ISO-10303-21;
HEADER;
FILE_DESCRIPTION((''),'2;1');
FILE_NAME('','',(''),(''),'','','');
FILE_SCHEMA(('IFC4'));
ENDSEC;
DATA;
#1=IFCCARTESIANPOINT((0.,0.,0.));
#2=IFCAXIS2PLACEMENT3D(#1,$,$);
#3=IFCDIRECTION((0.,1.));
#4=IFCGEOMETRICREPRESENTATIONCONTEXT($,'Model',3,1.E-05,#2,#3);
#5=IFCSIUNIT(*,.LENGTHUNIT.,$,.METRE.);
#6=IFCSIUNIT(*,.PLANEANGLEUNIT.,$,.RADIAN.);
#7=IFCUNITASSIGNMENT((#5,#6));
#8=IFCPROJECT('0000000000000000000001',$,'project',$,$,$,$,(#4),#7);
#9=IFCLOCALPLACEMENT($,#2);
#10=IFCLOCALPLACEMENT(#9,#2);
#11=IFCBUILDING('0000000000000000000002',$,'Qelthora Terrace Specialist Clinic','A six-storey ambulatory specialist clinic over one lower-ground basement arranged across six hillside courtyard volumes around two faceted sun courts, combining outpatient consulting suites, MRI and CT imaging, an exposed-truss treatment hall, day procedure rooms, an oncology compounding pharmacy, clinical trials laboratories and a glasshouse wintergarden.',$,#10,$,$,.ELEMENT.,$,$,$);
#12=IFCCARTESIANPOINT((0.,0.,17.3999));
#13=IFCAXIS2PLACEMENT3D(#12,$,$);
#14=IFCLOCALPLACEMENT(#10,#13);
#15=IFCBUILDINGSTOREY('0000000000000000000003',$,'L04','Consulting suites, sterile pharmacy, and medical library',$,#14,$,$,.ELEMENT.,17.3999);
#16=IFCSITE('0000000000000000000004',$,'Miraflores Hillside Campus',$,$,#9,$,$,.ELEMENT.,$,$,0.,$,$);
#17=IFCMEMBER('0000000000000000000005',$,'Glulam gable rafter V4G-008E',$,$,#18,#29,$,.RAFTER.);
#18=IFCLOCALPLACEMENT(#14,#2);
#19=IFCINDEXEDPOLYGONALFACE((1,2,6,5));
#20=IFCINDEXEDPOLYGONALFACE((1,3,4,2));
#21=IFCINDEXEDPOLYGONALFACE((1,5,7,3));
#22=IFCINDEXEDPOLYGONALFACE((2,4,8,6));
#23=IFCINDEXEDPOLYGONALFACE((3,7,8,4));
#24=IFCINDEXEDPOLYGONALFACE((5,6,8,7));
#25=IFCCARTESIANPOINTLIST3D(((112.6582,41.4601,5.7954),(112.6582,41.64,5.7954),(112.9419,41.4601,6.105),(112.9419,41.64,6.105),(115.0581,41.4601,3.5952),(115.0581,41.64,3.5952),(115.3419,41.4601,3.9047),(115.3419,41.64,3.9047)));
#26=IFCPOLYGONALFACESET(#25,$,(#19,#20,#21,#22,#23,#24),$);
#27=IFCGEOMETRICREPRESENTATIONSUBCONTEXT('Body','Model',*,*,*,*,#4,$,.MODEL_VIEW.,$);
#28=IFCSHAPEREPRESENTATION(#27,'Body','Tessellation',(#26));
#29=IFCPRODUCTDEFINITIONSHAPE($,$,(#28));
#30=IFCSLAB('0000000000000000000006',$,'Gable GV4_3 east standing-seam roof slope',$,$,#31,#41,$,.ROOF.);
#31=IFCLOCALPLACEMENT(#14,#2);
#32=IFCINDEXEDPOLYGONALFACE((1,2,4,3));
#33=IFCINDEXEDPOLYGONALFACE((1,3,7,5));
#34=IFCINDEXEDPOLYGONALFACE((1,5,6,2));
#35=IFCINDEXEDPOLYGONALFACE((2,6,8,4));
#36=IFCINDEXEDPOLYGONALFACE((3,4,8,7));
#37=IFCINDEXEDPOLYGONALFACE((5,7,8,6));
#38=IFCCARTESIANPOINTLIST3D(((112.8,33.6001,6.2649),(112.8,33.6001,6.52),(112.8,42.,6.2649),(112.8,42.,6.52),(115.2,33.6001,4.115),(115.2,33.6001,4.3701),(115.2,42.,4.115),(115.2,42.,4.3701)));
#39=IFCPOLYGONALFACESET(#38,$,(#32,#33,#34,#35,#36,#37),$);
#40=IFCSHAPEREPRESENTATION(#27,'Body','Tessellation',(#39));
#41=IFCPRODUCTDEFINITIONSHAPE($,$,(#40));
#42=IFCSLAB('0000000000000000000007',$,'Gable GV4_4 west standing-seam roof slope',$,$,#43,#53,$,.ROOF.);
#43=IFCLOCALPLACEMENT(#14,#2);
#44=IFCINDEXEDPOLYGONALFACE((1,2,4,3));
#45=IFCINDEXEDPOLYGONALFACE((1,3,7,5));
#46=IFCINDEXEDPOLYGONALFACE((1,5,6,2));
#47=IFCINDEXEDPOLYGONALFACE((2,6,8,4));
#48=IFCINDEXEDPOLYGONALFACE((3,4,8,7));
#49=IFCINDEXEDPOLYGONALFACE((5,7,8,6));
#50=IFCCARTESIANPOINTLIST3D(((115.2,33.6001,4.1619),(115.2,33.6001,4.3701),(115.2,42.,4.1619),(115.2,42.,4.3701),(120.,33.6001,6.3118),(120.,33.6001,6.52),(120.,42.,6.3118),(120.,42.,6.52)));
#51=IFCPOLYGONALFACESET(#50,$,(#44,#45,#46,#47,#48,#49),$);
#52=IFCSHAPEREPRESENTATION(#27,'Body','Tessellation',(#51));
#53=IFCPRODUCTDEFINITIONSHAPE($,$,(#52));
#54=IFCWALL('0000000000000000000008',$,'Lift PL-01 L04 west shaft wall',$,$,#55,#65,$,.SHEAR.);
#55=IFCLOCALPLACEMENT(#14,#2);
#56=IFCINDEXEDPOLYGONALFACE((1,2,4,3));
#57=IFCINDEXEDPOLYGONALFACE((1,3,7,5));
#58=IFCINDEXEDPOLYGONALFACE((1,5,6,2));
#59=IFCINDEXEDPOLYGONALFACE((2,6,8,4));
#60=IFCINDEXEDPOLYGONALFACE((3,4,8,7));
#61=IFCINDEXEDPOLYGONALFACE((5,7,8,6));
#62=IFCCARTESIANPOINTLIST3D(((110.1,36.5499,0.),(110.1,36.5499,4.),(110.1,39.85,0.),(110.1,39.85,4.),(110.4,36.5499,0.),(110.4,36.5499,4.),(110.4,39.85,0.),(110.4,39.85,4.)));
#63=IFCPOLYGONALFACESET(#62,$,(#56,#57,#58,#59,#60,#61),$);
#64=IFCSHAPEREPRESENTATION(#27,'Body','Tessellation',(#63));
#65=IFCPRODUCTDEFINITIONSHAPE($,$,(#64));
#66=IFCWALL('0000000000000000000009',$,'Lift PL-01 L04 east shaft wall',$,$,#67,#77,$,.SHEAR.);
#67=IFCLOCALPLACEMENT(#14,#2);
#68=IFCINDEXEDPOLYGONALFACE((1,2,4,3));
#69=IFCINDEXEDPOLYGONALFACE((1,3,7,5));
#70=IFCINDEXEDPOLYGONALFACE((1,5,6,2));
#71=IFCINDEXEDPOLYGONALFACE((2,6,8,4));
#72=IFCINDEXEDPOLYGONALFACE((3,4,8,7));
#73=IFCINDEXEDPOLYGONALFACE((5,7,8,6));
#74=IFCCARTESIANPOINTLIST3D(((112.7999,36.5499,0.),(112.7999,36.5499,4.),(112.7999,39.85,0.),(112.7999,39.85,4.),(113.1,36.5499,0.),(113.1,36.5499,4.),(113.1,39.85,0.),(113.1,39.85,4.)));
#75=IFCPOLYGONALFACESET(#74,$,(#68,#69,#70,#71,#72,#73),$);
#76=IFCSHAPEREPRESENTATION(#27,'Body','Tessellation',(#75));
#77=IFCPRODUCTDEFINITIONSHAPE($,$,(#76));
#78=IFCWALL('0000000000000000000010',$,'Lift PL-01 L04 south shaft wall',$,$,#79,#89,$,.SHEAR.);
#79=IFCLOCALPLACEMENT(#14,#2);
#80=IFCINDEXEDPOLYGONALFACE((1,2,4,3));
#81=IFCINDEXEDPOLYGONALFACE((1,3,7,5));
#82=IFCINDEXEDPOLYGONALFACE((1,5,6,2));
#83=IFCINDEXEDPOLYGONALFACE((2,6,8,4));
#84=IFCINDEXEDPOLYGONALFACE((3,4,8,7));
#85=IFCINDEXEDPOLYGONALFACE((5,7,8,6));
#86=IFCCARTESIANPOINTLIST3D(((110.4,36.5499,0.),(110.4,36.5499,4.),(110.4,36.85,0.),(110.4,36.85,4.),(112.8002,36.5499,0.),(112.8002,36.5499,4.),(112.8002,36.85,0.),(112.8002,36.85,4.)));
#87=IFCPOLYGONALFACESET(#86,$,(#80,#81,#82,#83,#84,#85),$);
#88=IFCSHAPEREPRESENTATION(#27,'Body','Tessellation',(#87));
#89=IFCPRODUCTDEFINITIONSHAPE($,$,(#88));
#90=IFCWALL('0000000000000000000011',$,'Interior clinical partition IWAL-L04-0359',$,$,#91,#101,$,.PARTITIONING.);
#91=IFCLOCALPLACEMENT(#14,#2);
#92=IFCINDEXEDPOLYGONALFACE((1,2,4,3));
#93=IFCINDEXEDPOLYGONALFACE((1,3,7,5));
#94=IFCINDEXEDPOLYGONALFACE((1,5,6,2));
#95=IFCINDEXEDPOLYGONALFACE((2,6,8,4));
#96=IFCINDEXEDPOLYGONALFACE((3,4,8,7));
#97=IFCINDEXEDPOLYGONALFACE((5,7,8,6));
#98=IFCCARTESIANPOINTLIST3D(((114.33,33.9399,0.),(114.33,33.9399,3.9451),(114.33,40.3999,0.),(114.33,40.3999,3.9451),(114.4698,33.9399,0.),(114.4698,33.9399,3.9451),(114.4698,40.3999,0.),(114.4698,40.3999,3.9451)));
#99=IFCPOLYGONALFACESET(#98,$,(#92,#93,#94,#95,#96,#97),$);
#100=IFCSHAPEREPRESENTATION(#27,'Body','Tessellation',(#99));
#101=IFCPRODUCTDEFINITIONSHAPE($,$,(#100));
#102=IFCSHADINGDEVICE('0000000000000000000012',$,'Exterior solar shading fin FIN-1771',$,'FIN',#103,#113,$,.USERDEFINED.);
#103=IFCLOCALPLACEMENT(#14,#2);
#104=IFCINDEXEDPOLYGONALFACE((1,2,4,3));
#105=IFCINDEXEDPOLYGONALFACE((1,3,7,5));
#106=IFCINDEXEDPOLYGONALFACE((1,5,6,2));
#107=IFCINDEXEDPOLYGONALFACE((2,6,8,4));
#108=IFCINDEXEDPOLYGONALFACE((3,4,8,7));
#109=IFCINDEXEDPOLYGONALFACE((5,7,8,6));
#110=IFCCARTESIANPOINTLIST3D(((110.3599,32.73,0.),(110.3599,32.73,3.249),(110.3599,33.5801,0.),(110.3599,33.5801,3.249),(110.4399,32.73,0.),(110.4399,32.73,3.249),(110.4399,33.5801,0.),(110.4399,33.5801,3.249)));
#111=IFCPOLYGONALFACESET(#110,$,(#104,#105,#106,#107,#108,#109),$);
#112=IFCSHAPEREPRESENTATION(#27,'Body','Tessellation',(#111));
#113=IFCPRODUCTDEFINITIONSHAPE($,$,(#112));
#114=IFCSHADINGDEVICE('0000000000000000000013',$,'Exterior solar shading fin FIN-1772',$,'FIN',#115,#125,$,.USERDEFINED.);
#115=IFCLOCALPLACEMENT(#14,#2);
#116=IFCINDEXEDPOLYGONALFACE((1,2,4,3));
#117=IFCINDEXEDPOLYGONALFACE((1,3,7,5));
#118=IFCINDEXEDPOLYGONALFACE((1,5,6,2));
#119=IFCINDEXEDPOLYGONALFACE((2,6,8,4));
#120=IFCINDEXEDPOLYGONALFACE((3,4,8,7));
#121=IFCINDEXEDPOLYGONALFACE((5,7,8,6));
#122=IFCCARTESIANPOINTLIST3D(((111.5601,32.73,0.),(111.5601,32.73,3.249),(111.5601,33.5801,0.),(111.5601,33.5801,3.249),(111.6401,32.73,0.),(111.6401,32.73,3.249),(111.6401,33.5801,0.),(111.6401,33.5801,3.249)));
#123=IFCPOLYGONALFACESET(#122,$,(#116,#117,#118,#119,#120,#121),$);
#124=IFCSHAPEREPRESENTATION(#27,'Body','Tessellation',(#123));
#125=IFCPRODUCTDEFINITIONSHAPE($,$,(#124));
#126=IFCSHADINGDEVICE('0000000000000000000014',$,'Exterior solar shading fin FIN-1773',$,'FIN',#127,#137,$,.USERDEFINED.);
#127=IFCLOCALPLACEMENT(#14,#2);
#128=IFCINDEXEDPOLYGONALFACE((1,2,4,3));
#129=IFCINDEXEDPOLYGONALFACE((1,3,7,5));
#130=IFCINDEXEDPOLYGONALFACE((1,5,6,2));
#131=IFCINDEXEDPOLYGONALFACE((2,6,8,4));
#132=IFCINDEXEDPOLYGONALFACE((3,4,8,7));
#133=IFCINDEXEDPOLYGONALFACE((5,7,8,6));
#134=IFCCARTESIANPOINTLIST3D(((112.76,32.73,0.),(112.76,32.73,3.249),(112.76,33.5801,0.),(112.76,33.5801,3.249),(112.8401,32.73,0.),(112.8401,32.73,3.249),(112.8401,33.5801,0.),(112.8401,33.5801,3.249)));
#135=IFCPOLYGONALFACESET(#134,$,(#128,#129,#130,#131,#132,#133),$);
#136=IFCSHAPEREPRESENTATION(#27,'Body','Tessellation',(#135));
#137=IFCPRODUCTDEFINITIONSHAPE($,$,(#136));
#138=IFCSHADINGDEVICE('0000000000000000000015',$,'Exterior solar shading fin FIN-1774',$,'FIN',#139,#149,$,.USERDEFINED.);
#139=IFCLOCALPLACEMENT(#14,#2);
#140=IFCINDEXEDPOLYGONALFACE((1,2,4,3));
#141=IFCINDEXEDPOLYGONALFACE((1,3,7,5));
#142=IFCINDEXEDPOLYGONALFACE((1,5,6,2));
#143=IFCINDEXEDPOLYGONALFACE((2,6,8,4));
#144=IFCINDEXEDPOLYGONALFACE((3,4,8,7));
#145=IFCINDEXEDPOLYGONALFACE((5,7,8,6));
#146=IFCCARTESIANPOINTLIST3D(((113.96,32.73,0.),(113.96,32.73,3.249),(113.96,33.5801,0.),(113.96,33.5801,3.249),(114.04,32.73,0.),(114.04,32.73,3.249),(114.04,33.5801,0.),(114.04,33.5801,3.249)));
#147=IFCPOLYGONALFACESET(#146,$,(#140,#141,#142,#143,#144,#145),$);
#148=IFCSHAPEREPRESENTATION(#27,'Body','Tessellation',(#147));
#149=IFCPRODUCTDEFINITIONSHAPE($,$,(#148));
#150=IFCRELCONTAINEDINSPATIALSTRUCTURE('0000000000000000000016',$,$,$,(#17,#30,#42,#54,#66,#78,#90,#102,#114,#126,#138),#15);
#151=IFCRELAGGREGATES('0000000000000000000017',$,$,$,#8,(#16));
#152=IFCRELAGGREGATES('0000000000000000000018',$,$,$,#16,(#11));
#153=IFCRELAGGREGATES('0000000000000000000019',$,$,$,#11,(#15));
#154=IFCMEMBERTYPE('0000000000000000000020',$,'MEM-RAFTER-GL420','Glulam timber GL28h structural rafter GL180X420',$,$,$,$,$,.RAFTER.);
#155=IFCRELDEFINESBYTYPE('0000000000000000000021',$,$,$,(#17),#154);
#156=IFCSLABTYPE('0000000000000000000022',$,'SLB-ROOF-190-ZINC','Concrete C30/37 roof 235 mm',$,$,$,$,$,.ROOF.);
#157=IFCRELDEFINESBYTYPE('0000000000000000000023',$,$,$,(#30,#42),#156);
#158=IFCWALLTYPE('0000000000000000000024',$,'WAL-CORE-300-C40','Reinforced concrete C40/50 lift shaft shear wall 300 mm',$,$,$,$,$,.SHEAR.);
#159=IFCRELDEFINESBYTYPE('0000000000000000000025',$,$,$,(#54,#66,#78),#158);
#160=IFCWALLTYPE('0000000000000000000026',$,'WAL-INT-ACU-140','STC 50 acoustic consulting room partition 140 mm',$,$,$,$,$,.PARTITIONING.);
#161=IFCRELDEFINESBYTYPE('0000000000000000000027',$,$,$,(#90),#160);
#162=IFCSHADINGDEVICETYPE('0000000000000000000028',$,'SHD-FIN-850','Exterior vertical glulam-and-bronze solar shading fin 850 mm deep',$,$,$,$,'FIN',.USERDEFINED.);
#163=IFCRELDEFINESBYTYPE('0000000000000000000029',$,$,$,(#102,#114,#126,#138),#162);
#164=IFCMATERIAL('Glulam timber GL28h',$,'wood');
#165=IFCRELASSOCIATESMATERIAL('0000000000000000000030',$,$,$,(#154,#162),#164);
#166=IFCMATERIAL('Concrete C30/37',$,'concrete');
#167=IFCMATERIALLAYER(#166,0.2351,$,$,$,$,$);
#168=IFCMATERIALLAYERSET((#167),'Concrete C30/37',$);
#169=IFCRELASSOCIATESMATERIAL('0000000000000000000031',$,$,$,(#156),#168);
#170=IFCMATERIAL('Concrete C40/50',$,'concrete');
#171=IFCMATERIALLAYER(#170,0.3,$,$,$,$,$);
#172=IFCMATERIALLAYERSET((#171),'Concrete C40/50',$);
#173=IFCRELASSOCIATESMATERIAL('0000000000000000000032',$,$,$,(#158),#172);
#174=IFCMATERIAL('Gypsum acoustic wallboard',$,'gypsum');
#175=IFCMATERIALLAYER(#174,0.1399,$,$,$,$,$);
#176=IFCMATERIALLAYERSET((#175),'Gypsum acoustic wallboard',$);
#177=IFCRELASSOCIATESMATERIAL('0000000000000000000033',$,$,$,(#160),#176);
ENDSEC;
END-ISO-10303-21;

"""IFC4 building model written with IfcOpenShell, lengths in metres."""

from ifc_helpers import new_model, si_unit, direction, frame, frame_2d, origin, origin_2d, place, context, subcontext, project, spatial, polyline, rectangle, outline, extrude, material, layer, layer_set, material_profile, profile_set, type_object, element, save


model = new_model("IFC4")

# Units and contexts
model_context = context("Model", 3, precision=1e-05, world=origin(), true_north=direction((0.0, 1.0)))
body_context = subcontext(model_context, "Body", "Model", "MODEL_VIEW")
ifc_project = project(units=[si_unit("LENGTHUNIT", "METRE"), si_unit("PLANEANGLEUNIT", "RADIAN")], contexts=[model_context])

# Site, building, storey
site_placement = place(None, origin())
site = spatial("IfcSite", under=ifc_project, at=site_placement, Name="Miraflores Hillside Campus", CompositionType="ELEMENT", RefElevation=0.0)
building_placement = place(site_placement, origin())
building = spatial("IfcBuilding", under=site, at=building_placement, Name="Qelthora Terrace Specialist Clinic", Description="A six-storey ambulatory specialist clinic over one lower-ground basement arranged across six hillside courtyard volumes around two faceted sun courts, combining outpatient consulting suites, MRI and CT imaging, an exposed-truss treatment hall, day procedure rooms, an oncology compounding pharmacy, clinical trials laboratories and a glasshouse wintergarden.", CompositionType="ELEMENT")
storey_placement = place(building_placement, frame((0.0, 0.0, 17.3999)))
storey = spatial("IfcBuildingStorey", under=building, at=storey_placement, Name="L04", Description="Consulting suites, sterile pharmacy, and medical library", CompositionType="ELEMENT", Elevation=17.3999)

# Member
ifc_material_1 = material(Name="Glulam timber GL28h", Category="wood")
ifc_material_profile_1 = material_profile(ifc_material_1, rectangle(XDim=0.1799, YDim=0.4199, at=origin_2d()), Name="GL180X420")
ifc_profile_set_1 = profile_set([ifc_material_profile_1], Name="Glulam timber GL28h")
member_type_1 = type_object("IfcMemberType", Name="MEM-RAFTER-GL420", Description="Glulam timber GL28h structural rafter GL180X420", PredefinedType="RAFTER", material=ifc_profile_set_1)
member_1_placement = place(storey_placement, frame((112.8, 41.55, 5.9502), z_axis=(0.737111, 0.0, -0.675772), x_axis=(0.0, 1.0, 0.0)))
element("IfcMember", 1, at=member_1_placement, inside=storey, type_object=member_type_1, Name="Glulam gable rafter V4G-008E", PredefinedType="RAFTER", context=body_context, shape_type="SweptSolid", body=[
    extrude(rectangle(XDim=0.1799, YDim=0.4199, at=origin_2d()), origin(), (0.0, 0.0, 1.0), 3.2559),
])

# Slabs
ifc_material_2 = material(Name="Concrete C30/37", Category="concrete")
ifc_layer_1 = layer(ifc_material_2, 0.2351)
ifc_layer_set_1 = layer_set([ifc_layer_1], Name="Concrete C30/37")
slab_type = type_object("IfcSlabType", Name="SLB-ROOF-190-ZINC", Description="Concrete C30/37 roof 235 mm", PredefinedType="ROOF", material=ifc_layer_set_1)
slab_1_placement = place(storey_placement, frame((112.8, 33.6001, 6.2649), z_axis=(0.667247, 0.0, 0.744837), x_axis=(0.744837, 0.0, -0.667247)))
element("IfcSlab", 2, at=slab_1_placement, inside=storey, type_object=slab_type, Name="Gable GV4_3 east standing-seam roof slope", PredefinedType="ROOF", context=body_context, shape_type="SweptSolid", body=[
    extrude(outline(polyline([(0.0, 0.0), (3.2221, 0.0), (3.2221, 8.3999), (0.0, 8.3999), (0.0, 0.0)])), origin(), (-0.667247, 0.0, 0.744837), 0.2551),
])
slab_2_placement = place(storey_placement, frame((115.2, 33.6001, 4.1619), z_axis=(-0.408764, 0.0, 0.91264), x_axis=(0.91264, 0.0, 0.408764)))
element("IfcSlab", 3, at=slab_2_placement, inside=storey, type_object=slab_type, Name="Gable GV4_4 west standing-seam roof slope", PredefinedType="ROOF", context=body_context, shape_type="SweptSolid", body=[
    extrude(outline(polyline([(0.0, 0.0), (5.2595, 0.0), (5.2595, 8.3999), (0.0, 8.3999), (0.0, 0.0)])), origin(), (0.408764, 0.0, 0.91264), 0.2083),
])

# Walls
ifc_material_3 = material(Name="Concrete C40/50", Category="concrete")
ifc_layer_2 = layer(ifc_material_3, 0.3)
ifc_layer_set_2 = layer_set([ifc_layer_2], Name="Concrete C40/50")
wall_type_1 = type_object("IfcWallType", Name="WAL-CORE-300-C40", Description="Reinforced concrete C40/50 lift shaft shear wall 300 mm", PredefinedType="SHEAR", material=ifc_layer_set_2)
for number, where, z_axis, x_axis, name in (
    (4, (110.25, 36.55, 0.0), (0.0, 0.0, 1.0), (0.0, 1.0, 0.0), "Lift PL-01 L04 west shaft wall"),
    (5, (112.95, 36.55, 0.0), (0.0, 0.0, 1.0), (0.0, 1.0, 0.0), "Lift PL-01 L04 east shaft wall"),
):
    element("IfcWall", number, at=place(storey_placement, frame(where, z_axis=z_axis, x_axis=x_axis)), inside=storey, type_object=wall_type_1, Name=name, PredefinedType="SHEAR", context=body_context, shape_type="SweptSolid", body=[
        extrude(rectangle(XDim=3.3, YDim=0.3, at=frame_2d((1.6499, 0.0))), origin(), (0.0, 0.0, 1.0), 4.0),
    ])

# Walls
wall_1_placement = place(storey_placement, frame((110.3999, 36.7, 0.0), z_axis=(0.0, 0.0, 1.0), x_axis=(1.0, 0.0, 0.0)))
element("IfcWall", 6, at=wall_1_placement, inside=storey, type_object=wall_type_1, Name="Lift PL-01 L04 south shaft wall", PredefinedType="SHEAR", context=body_context, shape_type="SweptSolid", body=[
    extrude(rectangle(XDim=2.4001, YDim=0.3, at=frame_2d((1.2002, 0.0))), origin(), (0.0, 0.0, 1.0), 4.0),
])
ifc_material_4 = material(Name="Gypsum acoustic wallboard", Category="gypsum")
ifc_layer_3 = layer(ifc_material_4, 0.1399)
ifc_layer_set_3 = layer_set([ifc_layer_3], Name="Gypsum acoustic wallboard")
wall_type_2 = type_object("IfcWallType", Name="WAL-INT-ACU-140", Description="STC 50 acoustic consulting room partition 140 mm", PredefinedType="PARTITIONING", material=ifc_layer_set_3)
wall_2_placement = place(storey_placement, frame((114.3999, 33.9399, 0.0), z_axis=(0.0, 0.0, 1.0), x_axis=(0.0, 1.0, 0.0)))
element("IfcWall", 7, at=wall_2_placement, inside=storey, type_object=wall_type_2, Name="Interior clinical partition IWAL-L04-0359", PredefinedType="PARTITIONING", context=body_context, shape_type="SweptSolid", body=[
    extrude(rectangle(XDim=6.46, YDim=0.1399, at=frame_2d((3.23, 0.0))), origin(), (0.0, 0.0, 1.0), 3.9451),
])

# Shading devices
shading_device_type = type_object("IfcShadingDeviceType", Name="SHD-FIN-850", Description="Exterior vertical glulam-and-bronze solar shading fin 850 mm deep", ElementType="FIN", PredefinedType="USERDEFINED", material=ifc_material_1)
for number, where, z_axis, x_axis, name in (
    (8, (110.3999, 33.155, 0.0), (0.0, 0.0, 1.0), (0.0, -1.0, 0.0), "Exterior solar shading fin FIN-1771"),
    (9, (111.6001, 33.155, 0.0), (0.0, 0.0, 1.0), (0.0, -1.0, 0.0), "Exterior solar shading fin FIN-1772"),
    (10, (112.8, 33.155, 0.0), (0.0, 0.0, 1.0), (0.0, -1.0, 0.0), "Exterior solar shading fin FIN-1773"),
    (11, (114.0, 33.155, 0.0), (0.0, 0.0, 1.0), (0.0, -1.0, 0.0), "Exterior solar shading fin FIN-1774"),
):
    element("IfcShadingDevice", number, at=place(storey_placement, frame(where, z_axis=z_axis, x_axis=x_axis)), inside=storey, type_object=shading_device_type, Name=name, ObjectType="FIN", PredefinedType="USERDEFINED", context=body_context, shape_type="SweptSolid", body=[
        extrude(rectangle(XDim=0.8501, YDim=0.0801, at=origin_2d()), origin(), (0.0, 0.0, 1.0), 3.249),
    ])

save(model, "model.ifc")
